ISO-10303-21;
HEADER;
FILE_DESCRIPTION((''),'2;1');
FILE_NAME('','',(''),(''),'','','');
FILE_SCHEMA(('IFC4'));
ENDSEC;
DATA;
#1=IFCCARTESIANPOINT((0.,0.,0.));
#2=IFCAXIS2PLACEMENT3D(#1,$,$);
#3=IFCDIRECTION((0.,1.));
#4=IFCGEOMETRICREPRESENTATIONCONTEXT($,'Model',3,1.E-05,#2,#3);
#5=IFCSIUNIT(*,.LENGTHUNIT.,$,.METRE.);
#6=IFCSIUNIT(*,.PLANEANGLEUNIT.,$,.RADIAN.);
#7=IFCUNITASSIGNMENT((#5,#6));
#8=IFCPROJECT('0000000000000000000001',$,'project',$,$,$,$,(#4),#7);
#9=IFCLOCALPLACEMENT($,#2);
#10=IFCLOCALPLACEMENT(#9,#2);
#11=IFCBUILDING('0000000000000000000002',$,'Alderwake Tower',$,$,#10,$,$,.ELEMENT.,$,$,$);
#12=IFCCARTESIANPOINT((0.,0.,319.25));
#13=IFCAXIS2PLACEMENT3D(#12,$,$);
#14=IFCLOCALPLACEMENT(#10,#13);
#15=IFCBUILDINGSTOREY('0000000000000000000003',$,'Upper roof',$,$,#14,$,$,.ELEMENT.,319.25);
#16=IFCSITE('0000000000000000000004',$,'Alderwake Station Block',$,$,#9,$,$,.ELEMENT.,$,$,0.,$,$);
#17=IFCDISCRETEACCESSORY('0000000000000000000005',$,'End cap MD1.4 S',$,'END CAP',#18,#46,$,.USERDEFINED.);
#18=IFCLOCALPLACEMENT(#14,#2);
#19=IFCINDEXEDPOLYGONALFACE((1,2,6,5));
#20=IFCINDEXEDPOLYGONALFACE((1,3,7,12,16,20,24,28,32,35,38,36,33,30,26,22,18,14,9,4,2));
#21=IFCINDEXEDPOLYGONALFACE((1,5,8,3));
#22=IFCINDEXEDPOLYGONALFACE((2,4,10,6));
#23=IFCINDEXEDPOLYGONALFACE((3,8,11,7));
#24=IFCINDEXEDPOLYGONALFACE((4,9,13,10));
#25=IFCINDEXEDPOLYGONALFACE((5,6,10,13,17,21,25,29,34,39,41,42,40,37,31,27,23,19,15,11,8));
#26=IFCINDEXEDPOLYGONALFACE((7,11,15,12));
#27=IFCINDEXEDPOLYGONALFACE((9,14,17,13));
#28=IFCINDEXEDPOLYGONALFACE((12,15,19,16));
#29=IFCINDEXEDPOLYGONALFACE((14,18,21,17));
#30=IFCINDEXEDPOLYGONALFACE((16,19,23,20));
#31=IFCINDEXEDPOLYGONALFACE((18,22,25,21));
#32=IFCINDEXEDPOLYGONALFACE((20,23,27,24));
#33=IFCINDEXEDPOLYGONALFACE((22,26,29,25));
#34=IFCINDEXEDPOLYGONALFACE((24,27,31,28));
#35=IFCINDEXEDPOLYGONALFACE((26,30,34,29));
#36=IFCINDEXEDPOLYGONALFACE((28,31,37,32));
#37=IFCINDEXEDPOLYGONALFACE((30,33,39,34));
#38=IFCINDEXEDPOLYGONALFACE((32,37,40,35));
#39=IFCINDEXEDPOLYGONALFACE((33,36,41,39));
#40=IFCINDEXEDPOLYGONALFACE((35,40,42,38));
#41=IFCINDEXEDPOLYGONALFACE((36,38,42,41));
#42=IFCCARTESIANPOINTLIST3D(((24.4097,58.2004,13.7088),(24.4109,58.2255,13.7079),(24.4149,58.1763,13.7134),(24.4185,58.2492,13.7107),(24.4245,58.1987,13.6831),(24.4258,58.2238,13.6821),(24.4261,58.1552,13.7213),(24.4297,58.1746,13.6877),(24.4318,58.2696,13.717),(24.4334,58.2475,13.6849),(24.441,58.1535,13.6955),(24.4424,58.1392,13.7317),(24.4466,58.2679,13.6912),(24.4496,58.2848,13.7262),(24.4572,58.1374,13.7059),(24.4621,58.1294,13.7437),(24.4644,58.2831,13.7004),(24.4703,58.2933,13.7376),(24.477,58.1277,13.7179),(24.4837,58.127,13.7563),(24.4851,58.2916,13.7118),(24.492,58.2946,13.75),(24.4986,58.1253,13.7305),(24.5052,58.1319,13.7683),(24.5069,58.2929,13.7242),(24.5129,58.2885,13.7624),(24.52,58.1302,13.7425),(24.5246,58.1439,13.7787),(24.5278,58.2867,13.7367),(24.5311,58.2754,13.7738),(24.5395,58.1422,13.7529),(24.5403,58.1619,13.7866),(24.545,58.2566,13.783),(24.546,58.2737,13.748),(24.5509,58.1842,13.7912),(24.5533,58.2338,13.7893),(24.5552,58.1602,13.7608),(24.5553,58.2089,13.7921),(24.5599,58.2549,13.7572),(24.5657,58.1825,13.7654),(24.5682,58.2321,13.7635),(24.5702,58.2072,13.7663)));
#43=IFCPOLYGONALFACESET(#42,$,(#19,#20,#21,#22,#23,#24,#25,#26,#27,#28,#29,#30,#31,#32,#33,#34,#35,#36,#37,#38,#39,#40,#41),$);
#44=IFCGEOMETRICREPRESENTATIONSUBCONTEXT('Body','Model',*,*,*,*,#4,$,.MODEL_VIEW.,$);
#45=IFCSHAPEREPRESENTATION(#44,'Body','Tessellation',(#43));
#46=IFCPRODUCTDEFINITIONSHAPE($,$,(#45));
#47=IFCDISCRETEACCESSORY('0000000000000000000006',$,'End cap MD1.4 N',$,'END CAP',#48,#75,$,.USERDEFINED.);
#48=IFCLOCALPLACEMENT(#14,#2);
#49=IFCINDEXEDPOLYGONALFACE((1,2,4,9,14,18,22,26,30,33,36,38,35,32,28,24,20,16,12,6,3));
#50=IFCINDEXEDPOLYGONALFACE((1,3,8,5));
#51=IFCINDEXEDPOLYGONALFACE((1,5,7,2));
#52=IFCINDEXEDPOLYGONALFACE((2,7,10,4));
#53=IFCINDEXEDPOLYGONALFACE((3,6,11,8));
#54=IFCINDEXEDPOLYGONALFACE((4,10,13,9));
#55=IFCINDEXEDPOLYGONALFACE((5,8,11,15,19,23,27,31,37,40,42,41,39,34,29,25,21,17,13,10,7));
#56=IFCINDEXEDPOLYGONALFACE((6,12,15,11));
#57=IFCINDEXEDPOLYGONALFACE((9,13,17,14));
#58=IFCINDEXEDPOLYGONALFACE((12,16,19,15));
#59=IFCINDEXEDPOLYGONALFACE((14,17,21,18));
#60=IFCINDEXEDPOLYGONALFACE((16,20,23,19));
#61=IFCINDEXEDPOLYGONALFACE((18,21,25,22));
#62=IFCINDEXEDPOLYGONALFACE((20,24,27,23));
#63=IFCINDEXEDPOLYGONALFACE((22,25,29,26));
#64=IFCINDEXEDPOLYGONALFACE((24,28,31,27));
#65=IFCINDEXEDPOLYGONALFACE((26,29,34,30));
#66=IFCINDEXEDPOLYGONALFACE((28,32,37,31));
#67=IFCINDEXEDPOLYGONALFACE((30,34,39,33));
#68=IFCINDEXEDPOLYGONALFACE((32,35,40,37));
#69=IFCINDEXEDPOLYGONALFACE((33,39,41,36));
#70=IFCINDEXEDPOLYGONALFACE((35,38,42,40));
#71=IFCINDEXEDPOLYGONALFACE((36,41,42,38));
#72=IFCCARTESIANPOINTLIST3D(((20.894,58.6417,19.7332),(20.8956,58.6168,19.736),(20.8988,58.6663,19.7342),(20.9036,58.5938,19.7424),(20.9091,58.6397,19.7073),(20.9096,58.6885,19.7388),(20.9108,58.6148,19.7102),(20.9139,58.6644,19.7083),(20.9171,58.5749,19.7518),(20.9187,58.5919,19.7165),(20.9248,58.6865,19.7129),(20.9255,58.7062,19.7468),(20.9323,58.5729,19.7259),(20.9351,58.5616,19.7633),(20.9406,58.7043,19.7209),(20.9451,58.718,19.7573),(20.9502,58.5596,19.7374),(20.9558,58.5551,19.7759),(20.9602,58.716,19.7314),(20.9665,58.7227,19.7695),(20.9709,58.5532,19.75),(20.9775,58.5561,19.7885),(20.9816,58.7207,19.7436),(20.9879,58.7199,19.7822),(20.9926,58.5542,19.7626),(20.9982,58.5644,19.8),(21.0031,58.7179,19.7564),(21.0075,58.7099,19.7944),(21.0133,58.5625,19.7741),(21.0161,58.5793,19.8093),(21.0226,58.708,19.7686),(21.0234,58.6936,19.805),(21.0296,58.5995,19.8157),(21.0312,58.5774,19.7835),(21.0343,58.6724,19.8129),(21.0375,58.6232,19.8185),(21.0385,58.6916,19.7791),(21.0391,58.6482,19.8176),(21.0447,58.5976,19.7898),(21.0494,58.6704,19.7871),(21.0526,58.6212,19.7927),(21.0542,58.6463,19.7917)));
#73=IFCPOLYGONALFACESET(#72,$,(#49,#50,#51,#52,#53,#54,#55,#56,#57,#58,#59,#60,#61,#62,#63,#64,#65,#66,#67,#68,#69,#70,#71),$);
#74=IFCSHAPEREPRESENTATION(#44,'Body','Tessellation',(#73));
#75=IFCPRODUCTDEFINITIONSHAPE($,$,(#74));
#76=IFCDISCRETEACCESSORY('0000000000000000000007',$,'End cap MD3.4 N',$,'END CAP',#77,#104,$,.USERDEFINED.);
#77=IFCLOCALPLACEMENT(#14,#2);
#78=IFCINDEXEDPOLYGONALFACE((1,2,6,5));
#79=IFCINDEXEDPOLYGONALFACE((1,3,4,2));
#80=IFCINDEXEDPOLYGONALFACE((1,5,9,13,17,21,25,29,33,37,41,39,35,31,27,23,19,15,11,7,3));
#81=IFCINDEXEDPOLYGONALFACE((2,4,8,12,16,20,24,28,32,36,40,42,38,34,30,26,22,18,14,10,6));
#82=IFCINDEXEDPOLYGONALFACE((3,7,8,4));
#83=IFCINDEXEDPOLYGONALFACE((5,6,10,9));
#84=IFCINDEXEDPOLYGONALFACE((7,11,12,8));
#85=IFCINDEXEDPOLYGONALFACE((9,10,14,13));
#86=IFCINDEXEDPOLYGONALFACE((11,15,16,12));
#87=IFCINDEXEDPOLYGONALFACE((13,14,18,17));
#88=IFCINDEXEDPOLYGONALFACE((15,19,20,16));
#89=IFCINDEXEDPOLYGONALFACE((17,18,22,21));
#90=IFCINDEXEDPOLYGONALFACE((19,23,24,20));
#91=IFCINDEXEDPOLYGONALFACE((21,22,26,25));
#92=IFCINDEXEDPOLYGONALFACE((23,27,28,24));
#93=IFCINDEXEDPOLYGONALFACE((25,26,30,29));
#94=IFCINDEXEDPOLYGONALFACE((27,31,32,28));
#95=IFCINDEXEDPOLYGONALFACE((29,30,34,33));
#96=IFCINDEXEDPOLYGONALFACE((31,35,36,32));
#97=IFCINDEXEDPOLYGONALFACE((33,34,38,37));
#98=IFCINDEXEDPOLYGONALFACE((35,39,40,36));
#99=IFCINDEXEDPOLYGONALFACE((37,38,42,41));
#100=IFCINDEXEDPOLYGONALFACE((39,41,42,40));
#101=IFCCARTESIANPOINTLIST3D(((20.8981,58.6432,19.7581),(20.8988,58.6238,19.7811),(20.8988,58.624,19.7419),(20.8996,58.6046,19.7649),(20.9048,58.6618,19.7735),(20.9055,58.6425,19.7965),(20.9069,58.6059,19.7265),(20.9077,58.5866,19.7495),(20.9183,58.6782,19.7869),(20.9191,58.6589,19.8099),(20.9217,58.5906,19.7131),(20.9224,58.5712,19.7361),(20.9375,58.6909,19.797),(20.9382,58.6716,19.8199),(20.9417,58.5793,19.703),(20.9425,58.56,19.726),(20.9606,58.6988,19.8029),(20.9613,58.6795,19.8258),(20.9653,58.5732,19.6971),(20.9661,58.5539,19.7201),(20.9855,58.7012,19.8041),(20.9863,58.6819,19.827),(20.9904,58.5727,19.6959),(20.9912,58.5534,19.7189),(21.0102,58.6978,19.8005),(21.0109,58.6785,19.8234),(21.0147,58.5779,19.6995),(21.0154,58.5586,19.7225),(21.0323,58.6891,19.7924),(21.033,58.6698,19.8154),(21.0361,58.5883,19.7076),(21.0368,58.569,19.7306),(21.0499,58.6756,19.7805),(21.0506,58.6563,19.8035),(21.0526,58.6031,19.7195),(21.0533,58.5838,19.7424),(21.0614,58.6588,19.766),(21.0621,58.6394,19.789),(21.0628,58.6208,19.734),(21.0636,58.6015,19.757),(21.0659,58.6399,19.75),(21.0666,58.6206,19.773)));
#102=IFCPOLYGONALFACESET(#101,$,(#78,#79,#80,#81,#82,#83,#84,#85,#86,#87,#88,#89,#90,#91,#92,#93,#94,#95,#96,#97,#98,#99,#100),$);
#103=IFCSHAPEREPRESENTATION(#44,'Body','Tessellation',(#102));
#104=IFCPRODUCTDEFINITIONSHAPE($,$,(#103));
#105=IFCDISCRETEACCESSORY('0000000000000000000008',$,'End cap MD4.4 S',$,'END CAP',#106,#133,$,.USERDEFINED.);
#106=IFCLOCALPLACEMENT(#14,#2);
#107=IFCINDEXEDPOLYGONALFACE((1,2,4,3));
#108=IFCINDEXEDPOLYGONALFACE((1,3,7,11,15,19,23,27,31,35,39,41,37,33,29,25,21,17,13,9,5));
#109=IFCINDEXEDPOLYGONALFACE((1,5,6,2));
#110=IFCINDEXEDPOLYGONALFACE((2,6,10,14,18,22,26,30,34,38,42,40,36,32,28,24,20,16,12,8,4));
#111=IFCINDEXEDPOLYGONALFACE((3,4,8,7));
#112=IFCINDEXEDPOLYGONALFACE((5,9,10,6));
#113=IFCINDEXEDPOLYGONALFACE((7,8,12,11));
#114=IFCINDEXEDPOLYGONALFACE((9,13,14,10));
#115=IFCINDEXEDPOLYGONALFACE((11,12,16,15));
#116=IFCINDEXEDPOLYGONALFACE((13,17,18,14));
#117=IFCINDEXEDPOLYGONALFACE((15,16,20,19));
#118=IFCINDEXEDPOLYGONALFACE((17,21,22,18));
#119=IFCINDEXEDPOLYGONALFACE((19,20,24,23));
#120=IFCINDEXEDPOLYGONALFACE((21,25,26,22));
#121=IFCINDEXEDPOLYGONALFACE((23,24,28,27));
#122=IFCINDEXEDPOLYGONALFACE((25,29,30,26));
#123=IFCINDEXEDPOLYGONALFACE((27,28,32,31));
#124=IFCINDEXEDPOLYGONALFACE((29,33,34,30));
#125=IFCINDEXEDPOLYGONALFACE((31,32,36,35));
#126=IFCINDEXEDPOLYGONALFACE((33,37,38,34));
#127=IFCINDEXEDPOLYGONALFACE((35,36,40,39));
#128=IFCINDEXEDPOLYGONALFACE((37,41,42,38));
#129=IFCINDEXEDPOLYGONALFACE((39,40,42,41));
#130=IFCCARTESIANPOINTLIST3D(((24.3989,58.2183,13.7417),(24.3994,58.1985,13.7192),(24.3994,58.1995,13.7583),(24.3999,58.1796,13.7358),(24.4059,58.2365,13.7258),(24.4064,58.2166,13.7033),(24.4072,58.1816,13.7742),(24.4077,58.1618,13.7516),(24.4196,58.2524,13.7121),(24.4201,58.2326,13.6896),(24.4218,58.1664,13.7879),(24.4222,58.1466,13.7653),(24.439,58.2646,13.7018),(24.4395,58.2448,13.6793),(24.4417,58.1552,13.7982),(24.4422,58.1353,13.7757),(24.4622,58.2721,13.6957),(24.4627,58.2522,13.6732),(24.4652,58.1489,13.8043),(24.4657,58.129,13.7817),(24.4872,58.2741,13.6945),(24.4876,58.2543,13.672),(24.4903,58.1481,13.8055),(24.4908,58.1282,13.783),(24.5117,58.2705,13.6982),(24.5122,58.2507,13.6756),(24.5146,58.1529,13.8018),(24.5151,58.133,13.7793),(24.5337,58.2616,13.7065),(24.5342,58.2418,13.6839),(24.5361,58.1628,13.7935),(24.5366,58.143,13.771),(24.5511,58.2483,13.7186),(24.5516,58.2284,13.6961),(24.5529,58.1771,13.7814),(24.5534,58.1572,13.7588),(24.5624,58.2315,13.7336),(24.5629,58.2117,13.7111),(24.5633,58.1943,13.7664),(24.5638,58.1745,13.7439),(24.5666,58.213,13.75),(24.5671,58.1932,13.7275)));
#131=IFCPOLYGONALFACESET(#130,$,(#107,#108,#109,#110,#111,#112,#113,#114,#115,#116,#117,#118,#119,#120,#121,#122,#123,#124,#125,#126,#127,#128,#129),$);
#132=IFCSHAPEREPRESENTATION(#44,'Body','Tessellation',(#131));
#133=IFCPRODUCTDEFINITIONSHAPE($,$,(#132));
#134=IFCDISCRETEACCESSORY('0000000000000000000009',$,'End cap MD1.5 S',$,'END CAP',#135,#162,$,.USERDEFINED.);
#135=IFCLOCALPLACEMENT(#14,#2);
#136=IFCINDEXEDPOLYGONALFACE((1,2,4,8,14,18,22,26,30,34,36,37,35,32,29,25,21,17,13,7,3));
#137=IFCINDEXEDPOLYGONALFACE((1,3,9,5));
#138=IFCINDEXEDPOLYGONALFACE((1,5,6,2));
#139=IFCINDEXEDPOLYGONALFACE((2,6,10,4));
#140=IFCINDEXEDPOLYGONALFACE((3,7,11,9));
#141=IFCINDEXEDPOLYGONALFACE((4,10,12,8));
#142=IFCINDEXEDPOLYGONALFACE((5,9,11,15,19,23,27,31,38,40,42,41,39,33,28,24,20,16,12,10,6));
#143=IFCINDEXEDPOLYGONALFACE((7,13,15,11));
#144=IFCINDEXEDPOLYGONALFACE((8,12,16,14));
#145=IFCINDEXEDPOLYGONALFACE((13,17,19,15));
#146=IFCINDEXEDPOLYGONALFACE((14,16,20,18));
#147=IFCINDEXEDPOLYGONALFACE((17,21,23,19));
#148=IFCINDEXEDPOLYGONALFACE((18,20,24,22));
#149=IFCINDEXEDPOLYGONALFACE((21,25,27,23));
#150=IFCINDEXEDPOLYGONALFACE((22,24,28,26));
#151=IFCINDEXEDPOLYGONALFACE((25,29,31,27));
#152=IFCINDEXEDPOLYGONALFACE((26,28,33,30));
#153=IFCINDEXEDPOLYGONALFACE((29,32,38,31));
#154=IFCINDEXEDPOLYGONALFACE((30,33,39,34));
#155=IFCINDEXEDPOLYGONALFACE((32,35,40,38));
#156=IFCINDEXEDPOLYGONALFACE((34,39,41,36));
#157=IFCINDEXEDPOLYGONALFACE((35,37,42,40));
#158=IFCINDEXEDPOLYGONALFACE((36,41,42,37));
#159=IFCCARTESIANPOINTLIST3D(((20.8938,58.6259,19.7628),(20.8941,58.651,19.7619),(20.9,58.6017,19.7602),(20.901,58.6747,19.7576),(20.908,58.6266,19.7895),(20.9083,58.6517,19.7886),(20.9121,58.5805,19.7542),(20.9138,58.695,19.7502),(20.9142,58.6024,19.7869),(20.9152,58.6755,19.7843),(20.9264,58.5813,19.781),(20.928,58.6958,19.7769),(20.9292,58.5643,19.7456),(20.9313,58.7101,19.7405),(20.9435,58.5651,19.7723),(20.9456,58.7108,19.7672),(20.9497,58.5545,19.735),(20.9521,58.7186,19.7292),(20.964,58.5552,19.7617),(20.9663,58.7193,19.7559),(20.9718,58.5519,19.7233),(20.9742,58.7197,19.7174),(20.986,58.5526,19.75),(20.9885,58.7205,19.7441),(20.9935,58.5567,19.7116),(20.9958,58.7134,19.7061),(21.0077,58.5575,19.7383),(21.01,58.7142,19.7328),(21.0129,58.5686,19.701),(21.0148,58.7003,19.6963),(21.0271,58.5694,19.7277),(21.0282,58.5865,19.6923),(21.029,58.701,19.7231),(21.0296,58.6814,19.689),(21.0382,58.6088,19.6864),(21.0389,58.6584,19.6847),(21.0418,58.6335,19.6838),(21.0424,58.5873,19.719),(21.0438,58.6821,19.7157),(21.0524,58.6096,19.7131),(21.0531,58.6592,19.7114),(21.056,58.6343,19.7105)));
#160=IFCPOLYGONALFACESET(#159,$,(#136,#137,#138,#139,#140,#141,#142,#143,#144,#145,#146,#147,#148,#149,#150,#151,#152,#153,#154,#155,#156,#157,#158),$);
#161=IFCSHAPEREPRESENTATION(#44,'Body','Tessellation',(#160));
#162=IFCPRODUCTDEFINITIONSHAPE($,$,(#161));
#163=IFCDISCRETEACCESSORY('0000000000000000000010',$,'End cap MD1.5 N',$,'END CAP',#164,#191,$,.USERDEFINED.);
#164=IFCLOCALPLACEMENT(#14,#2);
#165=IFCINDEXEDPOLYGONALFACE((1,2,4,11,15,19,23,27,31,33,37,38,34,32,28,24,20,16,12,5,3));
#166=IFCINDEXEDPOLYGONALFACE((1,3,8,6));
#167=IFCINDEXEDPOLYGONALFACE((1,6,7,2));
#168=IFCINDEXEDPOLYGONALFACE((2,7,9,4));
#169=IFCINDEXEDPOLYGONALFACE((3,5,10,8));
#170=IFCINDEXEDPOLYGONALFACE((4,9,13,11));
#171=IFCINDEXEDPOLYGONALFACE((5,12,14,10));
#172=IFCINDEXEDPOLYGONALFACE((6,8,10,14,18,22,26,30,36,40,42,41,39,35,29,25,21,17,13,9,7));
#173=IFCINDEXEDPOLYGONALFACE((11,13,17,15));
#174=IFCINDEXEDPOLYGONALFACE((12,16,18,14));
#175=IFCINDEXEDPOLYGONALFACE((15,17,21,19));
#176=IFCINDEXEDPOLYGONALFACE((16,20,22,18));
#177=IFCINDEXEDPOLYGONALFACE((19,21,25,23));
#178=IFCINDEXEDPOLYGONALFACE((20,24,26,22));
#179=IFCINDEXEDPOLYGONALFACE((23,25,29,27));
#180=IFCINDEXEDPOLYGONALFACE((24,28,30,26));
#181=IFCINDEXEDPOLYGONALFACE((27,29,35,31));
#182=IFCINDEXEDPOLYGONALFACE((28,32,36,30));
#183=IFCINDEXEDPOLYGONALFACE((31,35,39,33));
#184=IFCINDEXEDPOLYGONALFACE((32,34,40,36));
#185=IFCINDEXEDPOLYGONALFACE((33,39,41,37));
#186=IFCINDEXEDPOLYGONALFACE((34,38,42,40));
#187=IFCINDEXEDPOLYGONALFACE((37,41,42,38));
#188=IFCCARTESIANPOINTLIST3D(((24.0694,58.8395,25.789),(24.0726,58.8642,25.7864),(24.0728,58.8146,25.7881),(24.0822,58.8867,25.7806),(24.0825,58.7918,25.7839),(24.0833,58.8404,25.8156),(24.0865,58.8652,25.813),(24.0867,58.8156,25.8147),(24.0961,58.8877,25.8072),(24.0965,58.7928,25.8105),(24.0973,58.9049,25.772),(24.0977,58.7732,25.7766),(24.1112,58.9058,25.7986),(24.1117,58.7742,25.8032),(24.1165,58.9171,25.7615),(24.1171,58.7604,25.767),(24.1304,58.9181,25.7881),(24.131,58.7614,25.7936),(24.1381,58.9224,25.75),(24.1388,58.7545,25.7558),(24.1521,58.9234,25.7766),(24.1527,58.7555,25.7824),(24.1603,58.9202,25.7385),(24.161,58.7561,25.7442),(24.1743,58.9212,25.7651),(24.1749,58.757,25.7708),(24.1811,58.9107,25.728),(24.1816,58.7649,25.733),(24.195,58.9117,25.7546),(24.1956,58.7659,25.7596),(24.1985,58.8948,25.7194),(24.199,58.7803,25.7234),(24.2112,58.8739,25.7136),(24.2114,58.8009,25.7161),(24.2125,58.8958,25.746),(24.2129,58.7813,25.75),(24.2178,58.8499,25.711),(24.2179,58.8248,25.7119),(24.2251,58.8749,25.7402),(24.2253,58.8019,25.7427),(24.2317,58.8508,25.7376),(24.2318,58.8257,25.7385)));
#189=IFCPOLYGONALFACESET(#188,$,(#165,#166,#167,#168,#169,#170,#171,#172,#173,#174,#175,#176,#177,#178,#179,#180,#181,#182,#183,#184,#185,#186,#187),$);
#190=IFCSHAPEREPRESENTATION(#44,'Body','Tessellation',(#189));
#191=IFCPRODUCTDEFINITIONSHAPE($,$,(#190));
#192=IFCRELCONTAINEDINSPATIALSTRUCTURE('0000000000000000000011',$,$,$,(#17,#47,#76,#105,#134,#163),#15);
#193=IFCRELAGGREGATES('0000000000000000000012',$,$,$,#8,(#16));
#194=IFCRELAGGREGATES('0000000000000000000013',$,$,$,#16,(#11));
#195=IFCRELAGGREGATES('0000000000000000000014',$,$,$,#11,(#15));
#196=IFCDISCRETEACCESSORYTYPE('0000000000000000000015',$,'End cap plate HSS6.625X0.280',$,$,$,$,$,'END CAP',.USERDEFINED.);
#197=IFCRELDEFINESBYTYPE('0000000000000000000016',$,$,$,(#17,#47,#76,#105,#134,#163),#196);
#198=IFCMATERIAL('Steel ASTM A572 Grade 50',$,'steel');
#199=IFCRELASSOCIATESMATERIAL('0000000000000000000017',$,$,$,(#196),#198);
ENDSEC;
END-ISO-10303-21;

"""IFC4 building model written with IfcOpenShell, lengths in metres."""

from ifc_helpers import new_model, si_unit, direction, frame, origin, origin_2d, place, context, subcontext, project, spatial, circle, extrude, material, material_profile, profile_set, type_object, element, save


model = new_model("IFC4")

# Units and contexts
model_context = context("Model", 3, precision=1e-05, world=origin(), true_north=direction((0.0, 1.0)))
body_context = subcontext(model_context, "Body", "Model", "MODEL_VIEW")
ifc_project = project(units=[si_unit("LENGTHUNIT", "METRE"), si_unit("PLANEANGLEUNIT", "RADIAN")], contexts=[model_context])

# Site, building, storey
site_placement = place(None, origin())
site = spatial("IfcSite", under=ifc_project, at=site_placement, Name="Alderwake Station Block", CompositionType="ELEMENT", RefElevation=0.0)
building_placement = place(site_placement, origin())
building = spatial("IfcBuilding", under=site, at=building_placement, Name="Alderwake Tower", CompositionType="ELEMENT")
storey_placement = place(building_placement, frame((0.0, 0.0, 319.25)))
storey = spatial("IfcBuildingStorey", under=building, at=storey_placement, Name="Upper roof", CompositionType="ELEMENT", Elevation=319.25)

# Discrete accessories
ifc_material_1 = material(Name="Steel ASTM A572 Grade 50", Category="steel")
ifc_material_profile_1 = material_profile(ifc_material_1, circle(Radius=0.0842, at=origin_2d()), Name="HSS6.625X0.280 cap")
ifc_profile_set_1 = profile_set([ifc_material_profile_1], Name="Steel ASTM A572 Grade 50")
discrete_accessory_type = type_object("IfcDiscreteAccessoryType", Name="End cap plate HSS6.625X0.280", ElementType="END CAP", PredefinedType="USERDEFINED", material=ifc_profile_set_1)
discrete_accessory_1_placement = place(storey_placement, frame((24.4824, 58.2109, 13.75), z_axis=(0.497963, -0.057143, -0.865313), x_axis=(0.114006, 0.99348, 0.0)))
element("IfcDiscreteAccessory", 1, at=discrete_accessory_1_placement, inside=storey, type_object=discrete_accessory_type, Name="End cap MD1.4 S", ObjectType="END CAP", PredefinedType="USERDEFINED", context=body_context, shape_type="SweptSolid", body=[
    extrude(circle(Radius=0.0842, at=origin_2d()), origin(), (0.0, 0.0, 1.0), 0.0298),
])
for number, where, z_axis, x_axis, name in (
    (2, (20.9817, 58.6367, 19.75), (-0.503815, 0.065008, 0.861362), (-0.127971, -0.991778, 0.0), "End cap MD1.4 N"),
    (3, (20.9817, 58.6367, 19.75), (0.024425, -0.643191, 0.765316), (0.99928, 0.037947, 0.0), "End cap MD3.4 N"),
    (4, (24.4824, 58.2109, 13.75), (0.016314, -0.660724, -0.750452), (0.999695, 0.024684, 0.0), "End cap MD4.4 S"),
):
    element("IfcDiscreteAccessory", number, at=place(storey_placement, frame(where, z_axis=z_axis, x_axis=x_axis)), inside=storey, type_object=discrete_accessory_type, Name=name, ObjectType="END CAP", PredefinedType="USERDEFINED", context=body_context, shape_type="SweptSolid", body=[
        extrude(circle(Radius=0.0842, at=origin_2d()), origin(), (0.0, 0.0, 1.0), 0.03),
    ])
discrete_accessory_2_placement = place(storey_placement, frame((20.9817, 58.6367, 19.75), z_axis=(-0.469609, -0.02429, -0.88254), x_axis=(0.051655, -0.998665, 0.0)))
element("IfcDiscreteAccessory", 5, at=discrete_accessory_2_placement, inside=storey, type_object=discrete_accessory_type, Name="End cap MD1.5 S", ObjectType="END CAP", PredefinedType="USERDEFINED", context=body_context, shape_type="SweptSolid", body=[
    extrude(circle(Radius=0.0842, at=origin_2d()), origin(), (0.0, 0.0, 1.0), 0.0303),
])
for number, where, z_axis, x_axis, name in (
    (6, (24.144, 58.8384, 25.75), (0.463154, 0.032502, 0.885681), (-0.070003, 0.997547, 0.0), "End cap MD1.5 N"),
):
    element("IfcDiscreteAccessory", number, at=place(storey_placement, frame(where, z_axis=z_axis, x_axis=x_axis)), inside=storey, type_object=discrete_accessory_type, Name=name, ObjectType="END CAP", PredefinedType="USERDEFINED", context=body_context, shape_type="SweptSolid", body=[
        extrude(circle(Radius=0.0842, at=origin_2d()), origin(), (0.0, 0.0, 1.0), 0.03),
    ])

save(model, "model.ifc")
